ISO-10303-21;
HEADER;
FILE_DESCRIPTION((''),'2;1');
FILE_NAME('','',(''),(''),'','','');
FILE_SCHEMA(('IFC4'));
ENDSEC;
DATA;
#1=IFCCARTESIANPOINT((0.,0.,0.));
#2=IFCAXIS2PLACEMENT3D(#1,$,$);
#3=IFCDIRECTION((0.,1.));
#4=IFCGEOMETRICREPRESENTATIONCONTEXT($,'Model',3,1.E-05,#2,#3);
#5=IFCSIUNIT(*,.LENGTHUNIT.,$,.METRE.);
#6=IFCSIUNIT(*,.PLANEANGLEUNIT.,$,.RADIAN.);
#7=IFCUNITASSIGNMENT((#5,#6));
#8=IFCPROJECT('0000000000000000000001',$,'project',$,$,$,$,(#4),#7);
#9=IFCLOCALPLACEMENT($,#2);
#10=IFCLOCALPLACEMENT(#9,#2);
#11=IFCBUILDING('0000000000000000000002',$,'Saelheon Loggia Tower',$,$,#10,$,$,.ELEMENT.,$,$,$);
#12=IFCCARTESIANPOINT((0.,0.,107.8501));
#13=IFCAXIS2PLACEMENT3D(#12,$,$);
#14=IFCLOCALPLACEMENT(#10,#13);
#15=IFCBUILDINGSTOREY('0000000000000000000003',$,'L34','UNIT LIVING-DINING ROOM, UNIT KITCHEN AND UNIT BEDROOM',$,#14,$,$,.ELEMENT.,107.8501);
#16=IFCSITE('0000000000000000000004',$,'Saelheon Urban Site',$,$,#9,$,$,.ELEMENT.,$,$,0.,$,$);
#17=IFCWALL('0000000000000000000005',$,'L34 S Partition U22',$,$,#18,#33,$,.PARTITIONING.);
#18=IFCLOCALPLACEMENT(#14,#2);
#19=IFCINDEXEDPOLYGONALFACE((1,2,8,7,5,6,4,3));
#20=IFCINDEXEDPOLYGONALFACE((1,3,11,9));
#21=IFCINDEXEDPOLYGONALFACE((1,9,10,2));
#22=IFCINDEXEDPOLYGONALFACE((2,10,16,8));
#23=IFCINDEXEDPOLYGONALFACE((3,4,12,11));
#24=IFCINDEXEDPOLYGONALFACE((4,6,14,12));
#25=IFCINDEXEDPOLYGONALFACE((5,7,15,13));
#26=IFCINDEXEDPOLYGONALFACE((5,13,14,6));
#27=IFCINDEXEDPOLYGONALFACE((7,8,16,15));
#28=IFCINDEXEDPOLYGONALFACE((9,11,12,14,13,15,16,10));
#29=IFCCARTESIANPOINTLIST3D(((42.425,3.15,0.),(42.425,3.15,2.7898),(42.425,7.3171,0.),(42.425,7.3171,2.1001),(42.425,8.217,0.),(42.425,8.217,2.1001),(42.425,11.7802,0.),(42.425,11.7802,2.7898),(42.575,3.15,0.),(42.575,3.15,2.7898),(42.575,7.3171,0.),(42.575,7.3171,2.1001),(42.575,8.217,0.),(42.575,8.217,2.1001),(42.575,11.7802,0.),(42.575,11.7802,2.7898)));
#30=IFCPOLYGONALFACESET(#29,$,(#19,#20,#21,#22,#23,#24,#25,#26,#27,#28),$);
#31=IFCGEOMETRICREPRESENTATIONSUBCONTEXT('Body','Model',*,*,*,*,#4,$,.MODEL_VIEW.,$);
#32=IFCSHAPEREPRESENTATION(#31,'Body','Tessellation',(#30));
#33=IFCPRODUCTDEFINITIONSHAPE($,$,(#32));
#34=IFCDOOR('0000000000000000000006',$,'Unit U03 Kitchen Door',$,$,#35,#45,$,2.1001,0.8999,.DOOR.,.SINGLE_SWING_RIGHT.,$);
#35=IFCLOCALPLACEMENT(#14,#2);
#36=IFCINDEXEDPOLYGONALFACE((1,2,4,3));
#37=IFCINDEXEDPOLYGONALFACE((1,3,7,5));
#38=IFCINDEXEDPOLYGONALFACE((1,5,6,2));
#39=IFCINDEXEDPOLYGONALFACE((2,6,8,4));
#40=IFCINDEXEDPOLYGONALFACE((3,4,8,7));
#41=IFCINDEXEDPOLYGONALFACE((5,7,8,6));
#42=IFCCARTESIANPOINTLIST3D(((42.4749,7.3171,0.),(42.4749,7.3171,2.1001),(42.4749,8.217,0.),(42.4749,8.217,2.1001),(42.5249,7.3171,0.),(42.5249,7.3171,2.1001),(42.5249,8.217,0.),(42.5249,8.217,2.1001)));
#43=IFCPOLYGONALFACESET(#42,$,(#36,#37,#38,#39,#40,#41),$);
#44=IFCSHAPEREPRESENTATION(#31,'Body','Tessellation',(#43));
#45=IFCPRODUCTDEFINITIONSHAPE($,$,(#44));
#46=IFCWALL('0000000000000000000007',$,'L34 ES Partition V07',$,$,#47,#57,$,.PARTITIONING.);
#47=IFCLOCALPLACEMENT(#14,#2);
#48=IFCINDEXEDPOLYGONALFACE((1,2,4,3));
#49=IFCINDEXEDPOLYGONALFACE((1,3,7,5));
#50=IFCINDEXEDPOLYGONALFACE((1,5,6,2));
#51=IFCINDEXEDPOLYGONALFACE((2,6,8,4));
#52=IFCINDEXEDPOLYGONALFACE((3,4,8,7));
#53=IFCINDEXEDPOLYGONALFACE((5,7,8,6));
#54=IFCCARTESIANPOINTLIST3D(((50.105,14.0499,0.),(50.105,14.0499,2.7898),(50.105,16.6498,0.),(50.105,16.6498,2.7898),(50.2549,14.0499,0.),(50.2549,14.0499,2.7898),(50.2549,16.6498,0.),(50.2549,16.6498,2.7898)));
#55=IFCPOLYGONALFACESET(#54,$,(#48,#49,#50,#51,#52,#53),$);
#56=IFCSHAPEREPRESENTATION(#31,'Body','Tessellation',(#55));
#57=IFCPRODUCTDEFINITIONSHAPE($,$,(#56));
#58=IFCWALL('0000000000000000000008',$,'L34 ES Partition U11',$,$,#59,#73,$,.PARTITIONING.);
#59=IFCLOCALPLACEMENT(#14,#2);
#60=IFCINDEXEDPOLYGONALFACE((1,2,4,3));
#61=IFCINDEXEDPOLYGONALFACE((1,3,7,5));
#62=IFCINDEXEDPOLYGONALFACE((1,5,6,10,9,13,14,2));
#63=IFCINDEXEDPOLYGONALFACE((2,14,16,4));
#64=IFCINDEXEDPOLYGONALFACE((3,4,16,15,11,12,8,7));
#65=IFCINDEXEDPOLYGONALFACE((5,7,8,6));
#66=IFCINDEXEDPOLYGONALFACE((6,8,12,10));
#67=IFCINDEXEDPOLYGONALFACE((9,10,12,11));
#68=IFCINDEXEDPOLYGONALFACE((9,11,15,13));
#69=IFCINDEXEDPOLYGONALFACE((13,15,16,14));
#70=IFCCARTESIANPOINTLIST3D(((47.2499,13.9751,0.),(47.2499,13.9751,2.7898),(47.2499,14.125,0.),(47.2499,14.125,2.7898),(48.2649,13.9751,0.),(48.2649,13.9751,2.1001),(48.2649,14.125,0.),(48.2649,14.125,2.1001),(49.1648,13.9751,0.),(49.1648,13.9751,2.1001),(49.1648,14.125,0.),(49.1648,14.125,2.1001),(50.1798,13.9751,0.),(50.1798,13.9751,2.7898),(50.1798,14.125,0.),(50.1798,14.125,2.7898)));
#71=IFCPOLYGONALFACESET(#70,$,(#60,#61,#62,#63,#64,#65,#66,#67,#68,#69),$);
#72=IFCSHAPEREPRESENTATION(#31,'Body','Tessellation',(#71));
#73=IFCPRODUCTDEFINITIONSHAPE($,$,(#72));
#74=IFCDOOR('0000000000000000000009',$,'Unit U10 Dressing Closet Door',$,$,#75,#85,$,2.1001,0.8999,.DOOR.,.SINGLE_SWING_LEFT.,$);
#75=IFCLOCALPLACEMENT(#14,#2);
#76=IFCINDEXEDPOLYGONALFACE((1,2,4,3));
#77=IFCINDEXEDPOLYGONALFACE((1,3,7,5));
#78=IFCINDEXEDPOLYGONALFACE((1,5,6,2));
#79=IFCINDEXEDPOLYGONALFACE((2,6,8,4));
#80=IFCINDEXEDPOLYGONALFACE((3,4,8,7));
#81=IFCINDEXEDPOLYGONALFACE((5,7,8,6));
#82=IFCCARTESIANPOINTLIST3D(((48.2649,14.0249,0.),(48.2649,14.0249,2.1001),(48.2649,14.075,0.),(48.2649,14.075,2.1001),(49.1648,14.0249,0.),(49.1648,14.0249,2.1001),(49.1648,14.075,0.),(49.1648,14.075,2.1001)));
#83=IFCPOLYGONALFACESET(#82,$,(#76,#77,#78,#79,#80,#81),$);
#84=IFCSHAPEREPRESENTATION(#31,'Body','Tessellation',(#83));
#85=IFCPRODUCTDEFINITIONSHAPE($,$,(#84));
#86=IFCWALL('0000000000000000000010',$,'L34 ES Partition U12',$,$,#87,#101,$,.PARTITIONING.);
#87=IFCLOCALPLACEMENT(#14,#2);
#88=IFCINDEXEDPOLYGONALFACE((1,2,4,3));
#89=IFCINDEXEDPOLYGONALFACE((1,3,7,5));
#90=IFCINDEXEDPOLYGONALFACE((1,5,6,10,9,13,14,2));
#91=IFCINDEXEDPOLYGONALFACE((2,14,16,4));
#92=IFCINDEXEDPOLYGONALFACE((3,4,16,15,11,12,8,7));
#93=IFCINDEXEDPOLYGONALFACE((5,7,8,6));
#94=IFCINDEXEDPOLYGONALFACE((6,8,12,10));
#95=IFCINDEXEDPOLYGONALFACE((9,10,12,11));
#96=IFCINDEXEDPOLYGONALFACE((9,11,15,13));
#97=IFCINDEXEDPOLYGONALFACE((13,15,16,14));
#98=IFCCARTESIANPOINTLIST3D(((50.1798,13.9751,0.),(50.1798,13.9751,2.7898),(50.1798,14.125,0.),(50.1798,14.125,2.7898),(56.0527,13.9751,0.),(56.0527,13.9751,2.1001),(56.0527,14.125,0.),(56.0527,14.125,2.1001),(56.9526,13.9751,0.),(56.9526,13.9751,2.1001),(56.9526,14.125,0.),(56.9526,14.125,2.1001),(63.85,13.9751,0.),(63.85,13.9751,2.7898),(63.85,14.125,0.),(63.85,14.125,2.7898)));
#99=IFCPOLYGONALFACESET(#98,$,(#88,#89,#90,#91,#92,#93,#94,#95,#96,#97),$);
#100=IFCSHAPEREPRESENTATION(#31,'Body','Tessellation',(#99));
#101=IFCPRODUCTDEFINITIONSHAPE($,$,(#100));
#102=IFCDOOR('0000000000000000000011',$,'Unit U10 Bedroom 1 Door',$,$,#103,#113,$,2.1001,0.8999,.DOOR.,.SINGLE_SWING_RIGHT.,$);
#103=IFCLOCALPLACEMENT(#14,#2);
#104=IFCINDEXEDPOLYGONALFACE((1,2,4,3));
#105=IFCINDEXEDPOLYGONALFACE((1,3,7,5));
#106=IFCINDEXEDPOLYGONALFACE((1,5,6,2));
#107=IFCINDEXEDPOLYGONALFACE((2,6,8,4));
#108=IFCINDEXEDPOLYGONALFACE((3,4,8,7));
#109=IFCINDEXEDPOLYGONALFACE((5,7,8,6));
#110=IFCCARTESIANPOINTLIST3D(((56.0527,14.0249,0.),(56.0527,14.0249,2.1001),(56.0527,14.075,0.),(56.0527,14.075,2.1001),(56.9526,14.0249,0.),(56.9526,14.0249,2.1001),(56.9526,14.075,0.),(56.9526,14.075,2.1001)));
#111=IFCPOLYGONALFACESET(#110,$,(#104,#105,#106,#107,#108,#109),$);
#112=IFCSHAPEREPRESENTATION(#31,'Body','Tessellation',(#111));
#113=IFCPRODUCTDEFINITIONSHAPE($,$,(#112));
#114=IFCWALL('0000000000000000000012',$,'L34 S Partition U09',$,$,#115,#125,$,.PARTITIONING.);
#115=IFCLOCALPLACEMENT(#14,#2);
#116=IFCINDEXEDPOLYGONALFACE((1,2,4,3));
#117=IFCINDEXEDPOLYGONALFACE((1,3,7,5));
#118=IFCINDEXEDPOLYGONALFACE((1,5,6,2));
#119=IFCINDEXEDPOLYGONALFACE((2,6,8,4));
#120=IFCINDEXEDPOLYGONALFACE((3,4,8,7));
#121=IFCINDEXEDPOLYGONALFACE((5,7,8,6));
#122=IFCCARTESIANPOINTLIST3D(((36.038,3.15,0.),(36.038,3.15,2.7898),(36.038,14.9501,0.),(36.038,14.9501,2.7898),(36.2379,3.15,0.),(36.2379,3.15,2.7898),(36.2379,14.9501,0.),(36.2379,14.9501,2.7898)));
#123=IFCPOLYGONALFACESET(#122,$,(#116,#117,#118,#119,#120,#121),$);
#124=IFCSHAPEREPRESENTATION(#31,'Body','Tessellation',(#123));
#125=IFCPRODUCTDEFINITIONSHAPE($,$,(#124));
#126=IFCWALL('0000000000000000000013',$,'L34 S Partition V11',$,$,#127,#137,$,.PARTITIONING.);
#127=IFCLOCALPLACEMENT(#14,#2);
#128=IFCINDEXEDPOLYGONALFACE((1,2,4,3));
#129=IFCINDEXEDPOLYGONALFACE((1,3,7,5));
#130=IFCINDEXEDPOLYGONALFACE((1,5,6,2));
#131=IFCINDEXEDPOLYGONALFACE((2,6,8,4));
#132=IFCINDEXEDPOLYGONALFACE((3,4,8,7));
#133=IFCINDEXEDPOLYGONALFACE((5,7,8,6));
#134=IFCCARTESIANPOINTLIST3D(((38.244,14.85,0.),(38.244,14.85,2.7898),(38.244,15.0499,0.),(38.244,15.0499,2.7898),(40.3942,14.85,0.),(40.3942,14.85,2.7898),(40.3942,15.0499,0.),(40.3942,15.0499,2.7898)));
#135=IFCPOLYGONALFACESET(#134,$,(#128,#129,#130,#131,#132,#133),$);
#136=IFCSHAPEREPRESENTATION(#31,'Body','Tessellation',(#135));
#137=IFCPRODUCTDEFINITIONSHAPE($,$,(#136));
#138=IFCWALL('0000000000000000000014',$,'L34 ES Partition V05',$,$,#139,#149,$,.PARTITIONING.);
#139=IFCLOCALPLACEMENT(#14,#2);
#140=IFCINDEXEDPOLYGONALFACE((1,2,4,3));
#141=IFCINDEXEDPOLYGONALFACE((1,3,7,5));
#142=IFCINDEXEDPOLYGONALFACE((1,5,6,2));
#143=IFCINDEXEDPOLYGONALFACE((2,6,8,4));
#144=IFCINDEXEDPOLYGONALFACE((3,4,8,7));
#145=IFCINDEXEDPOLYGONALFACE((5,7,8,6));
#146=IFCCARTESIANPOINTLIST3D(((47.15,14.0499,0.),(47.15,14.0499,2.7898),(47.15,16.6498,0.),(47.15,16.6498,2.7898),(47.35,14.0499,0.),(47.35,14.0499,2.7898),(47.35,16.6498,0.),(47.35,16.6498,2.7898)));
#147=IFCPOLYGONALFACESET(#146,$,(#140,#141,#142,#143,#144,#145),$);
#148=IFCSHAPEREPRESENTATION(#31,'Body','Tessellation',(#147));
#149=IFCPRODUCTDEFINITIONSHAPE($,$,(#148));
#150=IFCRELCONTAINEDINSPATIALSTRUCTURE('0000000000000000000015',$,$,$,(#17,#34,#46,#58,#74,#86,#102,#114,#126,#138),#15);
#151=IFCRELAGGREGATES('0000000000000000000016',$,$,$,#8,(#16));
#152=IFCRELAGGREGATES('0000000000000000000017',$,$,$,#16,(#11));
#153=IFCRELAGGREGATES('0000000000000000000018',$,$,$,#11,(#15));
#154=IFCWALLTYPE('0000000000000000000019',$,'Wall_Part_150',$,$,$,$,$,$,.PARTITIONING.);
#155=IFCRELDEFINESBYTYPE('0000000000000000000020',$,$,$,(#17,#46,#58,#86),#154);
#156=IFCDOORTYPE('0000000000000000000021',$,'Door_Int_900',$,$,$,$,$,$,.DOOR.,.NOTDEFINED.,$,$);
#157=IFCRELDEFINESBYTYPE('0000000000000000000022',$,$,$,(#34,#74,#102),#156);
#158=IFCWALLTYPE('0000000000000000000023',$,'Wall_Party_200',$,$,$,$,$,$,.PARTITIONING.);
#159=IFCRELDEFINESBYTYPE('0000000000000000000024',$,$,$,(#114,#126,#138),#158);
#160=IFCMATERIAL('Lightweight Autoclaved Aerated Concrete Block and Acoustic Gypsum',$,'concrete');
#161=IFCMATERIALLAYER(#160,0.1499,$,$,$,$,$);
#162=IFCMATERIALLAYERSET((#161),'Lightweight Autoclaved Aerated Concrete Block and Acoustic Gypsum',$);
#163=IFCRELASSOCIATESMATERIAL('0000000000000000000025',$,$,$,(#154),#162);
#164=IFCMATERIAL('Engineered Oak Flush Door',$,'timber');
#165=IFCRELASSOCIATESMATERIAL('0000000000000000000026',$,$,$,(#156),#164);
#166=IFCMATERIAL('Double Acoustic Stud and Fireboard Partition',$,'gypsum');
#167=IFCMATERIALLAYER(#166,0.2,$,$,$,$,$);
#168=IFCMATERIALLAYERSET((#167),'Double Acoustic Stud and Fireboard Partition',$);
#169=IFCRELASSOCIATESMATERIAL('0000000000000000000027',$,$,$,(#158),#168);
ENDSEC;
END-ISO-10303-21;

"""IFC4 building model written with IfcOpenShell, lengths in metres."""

from ifc_helpers import new_model, si_unit, direction, frame, frame_2d, origin, place, context, subcontext, project, spatial, rectangle, extrude, source, transform, mapped, material, layer, layer_set, type_object, element, fill, save


model = new_model("IFC4")

# Units and contexts
model_context = context("Model", 3, precision=1e-05, world=origin(), true_north=direction((0.0, 1.0)))
body_context = subcontext(model_context, "Body", "Model", "MODEL_VIEW")
ifc_project = project(units=[si_unit("LENGTHUNIT", "METRE"), si_unit("PLANEANGLEUNIT", "RADIAN")], contexts=[model_context])

# Site, building, storey
site_placement = place(None, origin())
site = spatial("IfcSite", under=ifc_project, at=site_placement, Name="Saelheon Urban Site", CompositionType="ELEMENT", RefElevation=0.0)
building_placement = place(site_placement, origin())
building = spatial("IfcBuilding", under=site, at=building_placement, Name="Saelheon Loggia Tower", CompositionType="ELEMENT")
storey_placement = place(building_placement, frame((0.0, 0.0, 107.8501)))
storey = spatial("IfcBuildingStorey", under=building, at=storey_placement, Name="L34", Description="UNIT LIVING-DINING ROOM, UNIT KITCHEN AND UNIT BEDROOM", CompositionType="ELEMENT", Elevation=107.8501)

# Wall, opening, door
ifc_material_1 = material(Name="Lightweight Autoclaved Aerated Concrete Block and Acoustic Gypsum", Category="concrete")
ifc_layer_1 = layer(ifc_material_1, 0.1499)
ifc_layer_set_1 = layer_set([ifc_layer_1], Name="Lightweight Autoclaved Aerated Concrete Block and Acoustic Gypsum")
wall_type_1 = type_object("IfcWallType", Name="Wall_Part_150", PredefinedType="PARTITIONING", material=ifc_layer_set_1)
wall_1_placement = place(storey_placement, frame((42.5, 11.78, 0.0), z_axis=(0.0, 0.0, 1.0), x_axis=(0.0, -1.0, 0.0)))
wall_1 = element("IfcWall", 1, at=wall_1_placement, inside=storey, type_object=wall_type_1, Name="L34 S Partition U22", PredefinedType="PARTITIONING", context=body_context, shape_type="SweptSolid", body=[
    extrude(rectangle(XDim=8.6301, YDim=0.1499, at=frame_2d((4.3149, 0.0))), origin(), (0.0, 0.0, 1.0), 2.7898),
])
opening_1_placement = place(wall_1_placement, frame((3.563, 0.0, 0.0)))
opening_1 = element("IfcOpeningElement", 2, at=opening_1_placement, cuts=wall_1, PredefinedType="OPENING", context=body_context, shape_type="SweptSolid", body=[
    extrude(rectangle(XDim=0.8999, YDim=2.1001, at=frame_2d((0.45, 1.05))), frame((0.0, 0.0869, 0.0), z_axis=(0.0, -1.0, 0.0), x_axis=(1.0, 0.0, 0.0)), (0.0, 0.0, 1.0), 0.1738),
])
ifc_material_2 = material(Name="Engineered Oak Flush Door", Category="timber")
door_type_1 = type_object("IfcDoorType", Name="Door_Int_900", OperationType="NOTDEFINED", PredefinedType="DOOR", material=ifc_material_2)
shared_shape_1 = source(origin(), body_context, "Body", "SweptSolid", [
    extrude(rectangle(XDim=0.8999, YDim=2.1001, at=frame_2d((0.45, 1.05))), frame((0.0, 0.0249, 0.0), z_axis=(0.0, -1.0, 0.0), x_axis=(1.0, 0.0, 0.0)), (0.0, 0.0, 1.0), 0.05),
])
door_1_placement = place(opening_1_placement, origin())
door_1 = element("IfcDoor", 3, at=door_1_placement, inside=storey, type_object=door_type_1, Name="Unit U03 Kitchen Door", OperationType="SINGLE_SWING_RIGHT", OverallHeight=2.1001, OverallWidth=0.8999, PredefinedType="DOOR", context=body_context, shape_type="MappedRepresentation", body=[
    mapped(shared_shape_1, transform((0.0, 0.0, 0.0), scale=1.0)),
])
fill(opening_1, door_1)

# Wall
wall_2_placement = place(storey_placement, frame((50.1799, 14.05, 0.0), z_axis=(0.0, 0.0, 1.0), x_axis=(0.0, 1.0, 0.0)))
element("IfcWall", 4, at=wall_2_placement, inside=storey, type_object=wall_type_1, Name="L34 ES Partition V07", PredefinedType="PARTITIONING", context=body_context, shape_type="SweptSolid", body=[
    extrude(rectangle(XDim=2.5999, YDim=0.1499, at=frame_2d((1.2998, 0.0))), origin(), (0.0, 0.0, 1.0), 2.7898),
])

# Walls, openings, doors
wall_3_placement = place(storey_placement, frame((47.25, 14.05, 0.0), z_axis=(0.0, 0.0, 1.0), x_axis=(1.0, 0.0, 0.0)))
wall_3 = element("IfcWall", 5, at=wall_3_placement, inside=storey, type_object=wall_type_1, Name="L34 ES Partition U11", PredefinedType="PARTITIONING", context=body_context, shape_type="SweptSolid", body=[
    extrude(rectangle(XDim=2.9299, YDim=0.1499, at=frame_2d((1.4648, 0.0))), origin(), (0.0, 0.0, 1.0), 2.7898),
])
opening_2_placement = place(wall_3_placement, frame((1.0149, 0.0, 0.0)))
opening_2 = element("IfcOpeningElement", 6, at=opening_2_placement, cuts=wall_3, PredefinedType="OPENING", context=body_context, shape_type="SweptSolid", body=[
    extrude(rectangle(XDim=0.8999, YDim=2.1001, at=frame_2d((0.45, 1.05))), frame((0.0, 0.0869, 0.0), z_axis=(0.0, -1.0, 0.0), x_axis=(1.0, 0.0, 0.0)), (0.0, 0.0, 1.0), 0.1738),
])
door_2_placement = place(opening_2_placement, origin())
door_2 = element("IfcDoor", 7, at=door_2_placement, inside=storey, type_object=door_type_1, Name="Unit U10 Dressing Closet Door", OperationType="SINGLE_SWING_LEFT", OverallHeight=2.1001, OverallWidth=0.8999, PredefinedType="DOOR", context=body_context, shape_type="MappedRepresentation", body=[
    mapped(shared_shape_1, transform((0.0, 0.0, 0.0), scale=1.0)),
])
fill(opening_2, door_2)
wall_4_placement = place(storey_placement, frame((50.1799, 14.05, 0.0), z_axis=(0.0, 0.0, 1.0), x_axis=(1.0, 0.0, 0.0)))
wall_4 = element("IfcWall", 8, at=wall_4_placement, inside=storey, type_object=wall_type_1, Name="L34 ES Partition U12", PredefinedType="PARTITIONING", context=body_context, shape_type="SweptSolid", body=[
    extrude(rectangle(XDim=13.6702, YDim=0.1499, at=frame_2d((6.835, 0.0))), origin(), (0.0, 0.0, 1.0), 2.7898),
])
opening_3_placement = place(wall_4_placement, frame((5.8728, 0.0, 0.0)))
opening_3 = element("IfcOpeningElement", 9, at=opening_3_placement, cuts=wall_4, PredefinedType="OPENING", context=body_context, shape_type="SweptSolid", body=[
    extrude(rectangle(XDim=0.8999, YDim=2.1001, at=frame_2d((0.45, 1.05))), frame((0.0, 0.0869, 0.0), z_axis=(0.0, -1.0, 0.0), x_axis=(1.0, 0.0, 0.0)), (0.0, 0.0, 1.0), 0.1738),
])
door_3_placement = place(opening_3_placement, origin())
door_3 = element("IfcDoor", 10, at=door_3_placement, inside=storey, type_object=door_type_1, Name="Unit U10 Bedroom 1 Door", OperationType="SINGLE_SWING_RIGHT", OverallHeight=2.1001, OverallWidth=0.8999, PredefinedType="DOOR", context=body_context, shape_type="MappedRepresentation", body=[
    mapped(shared_shape_1, transform((0.0, 0.0, 0.0), scale=1.0)),
])
fill(opening_3, door_3)

# Wall
ifc_material_3 = material(Name="Double Acoustic Stud and Fireboard Partition", Category="gypsum")
ifc_layer_2 = layer(ifc_material_3, 0.2)
ifc_layer_set_2 = layer_set([ifc_layer_2], Name="Double Acoustic Stud and Fireboard Partition")
wall_type_2 = type_object("IfcWallType", Name="Wall_Party_200", PredefinedType="PARTITIONING", material=ifc_layer_set_2)
wall_5_placement = place(storey_placement, frame((36.1379, 14.95, 0.0), z_axis=(0.0, 0.0, 1.0), x_axis=(0.0, -1.0, 0.0)))
element("IfcWall", 11, at=wall_5_placement, inside=storey, type_object=wall_type_2, Name="L34 S Partition U09", PredefinedType="PARTITIONING", context=body_context, shape_type="SweptSolid", body=[
    extrude(rectangle(XDim=11.8, YDim=0.2, at=frame_2d((5.8999, 0.0))), origin(), (0.0, 0.0, 1.0), 2.7898),
])

# Walls
wall_6_placement = place(storey_placement, frame((38.2439, 14.95, 0.0), z_axis=(0.0, 0.0, 1.0), x_axis=(1.0, 0.0, 0.0)))
element("IfcWall", 12, at=wall_6_placement, inside=storey, type_object=wall_type_2, Name="L34 S Partition V11", PredefinedType="PARTITIONING", context=body_context, shape_type="SweptSolid", body=[
    extrude(rectangle(XDim=2.1501, YDim=0.2, at=frame_2d((1.0752, 0.0))), origin(), (0.0, 0.0, 1.0), 2.7898),
])
wall_7_placement = place(storey_placement, frame((47.25, 14.05, 0.0), z_axis=(0.0, 0.0, 1.0), x_axis=(0.0, 1.0, 0.0)))
element("IfcWall", 13, at=wall_7_placement, inside=storey, type_object=wall_type_2, Name="L34 ES Partition V05", PredefinedType="PARTITIONING", context=body_context, shape_type="SweptSolid", body=[
    extrude(rectangle(XDim=2.5999, YDim=0.2, at=frame_2d((1.2998, 0.0))), origin(), (0.0, 0.0, 1.0), 2.7898),
])

save(model, "model.ifc")
